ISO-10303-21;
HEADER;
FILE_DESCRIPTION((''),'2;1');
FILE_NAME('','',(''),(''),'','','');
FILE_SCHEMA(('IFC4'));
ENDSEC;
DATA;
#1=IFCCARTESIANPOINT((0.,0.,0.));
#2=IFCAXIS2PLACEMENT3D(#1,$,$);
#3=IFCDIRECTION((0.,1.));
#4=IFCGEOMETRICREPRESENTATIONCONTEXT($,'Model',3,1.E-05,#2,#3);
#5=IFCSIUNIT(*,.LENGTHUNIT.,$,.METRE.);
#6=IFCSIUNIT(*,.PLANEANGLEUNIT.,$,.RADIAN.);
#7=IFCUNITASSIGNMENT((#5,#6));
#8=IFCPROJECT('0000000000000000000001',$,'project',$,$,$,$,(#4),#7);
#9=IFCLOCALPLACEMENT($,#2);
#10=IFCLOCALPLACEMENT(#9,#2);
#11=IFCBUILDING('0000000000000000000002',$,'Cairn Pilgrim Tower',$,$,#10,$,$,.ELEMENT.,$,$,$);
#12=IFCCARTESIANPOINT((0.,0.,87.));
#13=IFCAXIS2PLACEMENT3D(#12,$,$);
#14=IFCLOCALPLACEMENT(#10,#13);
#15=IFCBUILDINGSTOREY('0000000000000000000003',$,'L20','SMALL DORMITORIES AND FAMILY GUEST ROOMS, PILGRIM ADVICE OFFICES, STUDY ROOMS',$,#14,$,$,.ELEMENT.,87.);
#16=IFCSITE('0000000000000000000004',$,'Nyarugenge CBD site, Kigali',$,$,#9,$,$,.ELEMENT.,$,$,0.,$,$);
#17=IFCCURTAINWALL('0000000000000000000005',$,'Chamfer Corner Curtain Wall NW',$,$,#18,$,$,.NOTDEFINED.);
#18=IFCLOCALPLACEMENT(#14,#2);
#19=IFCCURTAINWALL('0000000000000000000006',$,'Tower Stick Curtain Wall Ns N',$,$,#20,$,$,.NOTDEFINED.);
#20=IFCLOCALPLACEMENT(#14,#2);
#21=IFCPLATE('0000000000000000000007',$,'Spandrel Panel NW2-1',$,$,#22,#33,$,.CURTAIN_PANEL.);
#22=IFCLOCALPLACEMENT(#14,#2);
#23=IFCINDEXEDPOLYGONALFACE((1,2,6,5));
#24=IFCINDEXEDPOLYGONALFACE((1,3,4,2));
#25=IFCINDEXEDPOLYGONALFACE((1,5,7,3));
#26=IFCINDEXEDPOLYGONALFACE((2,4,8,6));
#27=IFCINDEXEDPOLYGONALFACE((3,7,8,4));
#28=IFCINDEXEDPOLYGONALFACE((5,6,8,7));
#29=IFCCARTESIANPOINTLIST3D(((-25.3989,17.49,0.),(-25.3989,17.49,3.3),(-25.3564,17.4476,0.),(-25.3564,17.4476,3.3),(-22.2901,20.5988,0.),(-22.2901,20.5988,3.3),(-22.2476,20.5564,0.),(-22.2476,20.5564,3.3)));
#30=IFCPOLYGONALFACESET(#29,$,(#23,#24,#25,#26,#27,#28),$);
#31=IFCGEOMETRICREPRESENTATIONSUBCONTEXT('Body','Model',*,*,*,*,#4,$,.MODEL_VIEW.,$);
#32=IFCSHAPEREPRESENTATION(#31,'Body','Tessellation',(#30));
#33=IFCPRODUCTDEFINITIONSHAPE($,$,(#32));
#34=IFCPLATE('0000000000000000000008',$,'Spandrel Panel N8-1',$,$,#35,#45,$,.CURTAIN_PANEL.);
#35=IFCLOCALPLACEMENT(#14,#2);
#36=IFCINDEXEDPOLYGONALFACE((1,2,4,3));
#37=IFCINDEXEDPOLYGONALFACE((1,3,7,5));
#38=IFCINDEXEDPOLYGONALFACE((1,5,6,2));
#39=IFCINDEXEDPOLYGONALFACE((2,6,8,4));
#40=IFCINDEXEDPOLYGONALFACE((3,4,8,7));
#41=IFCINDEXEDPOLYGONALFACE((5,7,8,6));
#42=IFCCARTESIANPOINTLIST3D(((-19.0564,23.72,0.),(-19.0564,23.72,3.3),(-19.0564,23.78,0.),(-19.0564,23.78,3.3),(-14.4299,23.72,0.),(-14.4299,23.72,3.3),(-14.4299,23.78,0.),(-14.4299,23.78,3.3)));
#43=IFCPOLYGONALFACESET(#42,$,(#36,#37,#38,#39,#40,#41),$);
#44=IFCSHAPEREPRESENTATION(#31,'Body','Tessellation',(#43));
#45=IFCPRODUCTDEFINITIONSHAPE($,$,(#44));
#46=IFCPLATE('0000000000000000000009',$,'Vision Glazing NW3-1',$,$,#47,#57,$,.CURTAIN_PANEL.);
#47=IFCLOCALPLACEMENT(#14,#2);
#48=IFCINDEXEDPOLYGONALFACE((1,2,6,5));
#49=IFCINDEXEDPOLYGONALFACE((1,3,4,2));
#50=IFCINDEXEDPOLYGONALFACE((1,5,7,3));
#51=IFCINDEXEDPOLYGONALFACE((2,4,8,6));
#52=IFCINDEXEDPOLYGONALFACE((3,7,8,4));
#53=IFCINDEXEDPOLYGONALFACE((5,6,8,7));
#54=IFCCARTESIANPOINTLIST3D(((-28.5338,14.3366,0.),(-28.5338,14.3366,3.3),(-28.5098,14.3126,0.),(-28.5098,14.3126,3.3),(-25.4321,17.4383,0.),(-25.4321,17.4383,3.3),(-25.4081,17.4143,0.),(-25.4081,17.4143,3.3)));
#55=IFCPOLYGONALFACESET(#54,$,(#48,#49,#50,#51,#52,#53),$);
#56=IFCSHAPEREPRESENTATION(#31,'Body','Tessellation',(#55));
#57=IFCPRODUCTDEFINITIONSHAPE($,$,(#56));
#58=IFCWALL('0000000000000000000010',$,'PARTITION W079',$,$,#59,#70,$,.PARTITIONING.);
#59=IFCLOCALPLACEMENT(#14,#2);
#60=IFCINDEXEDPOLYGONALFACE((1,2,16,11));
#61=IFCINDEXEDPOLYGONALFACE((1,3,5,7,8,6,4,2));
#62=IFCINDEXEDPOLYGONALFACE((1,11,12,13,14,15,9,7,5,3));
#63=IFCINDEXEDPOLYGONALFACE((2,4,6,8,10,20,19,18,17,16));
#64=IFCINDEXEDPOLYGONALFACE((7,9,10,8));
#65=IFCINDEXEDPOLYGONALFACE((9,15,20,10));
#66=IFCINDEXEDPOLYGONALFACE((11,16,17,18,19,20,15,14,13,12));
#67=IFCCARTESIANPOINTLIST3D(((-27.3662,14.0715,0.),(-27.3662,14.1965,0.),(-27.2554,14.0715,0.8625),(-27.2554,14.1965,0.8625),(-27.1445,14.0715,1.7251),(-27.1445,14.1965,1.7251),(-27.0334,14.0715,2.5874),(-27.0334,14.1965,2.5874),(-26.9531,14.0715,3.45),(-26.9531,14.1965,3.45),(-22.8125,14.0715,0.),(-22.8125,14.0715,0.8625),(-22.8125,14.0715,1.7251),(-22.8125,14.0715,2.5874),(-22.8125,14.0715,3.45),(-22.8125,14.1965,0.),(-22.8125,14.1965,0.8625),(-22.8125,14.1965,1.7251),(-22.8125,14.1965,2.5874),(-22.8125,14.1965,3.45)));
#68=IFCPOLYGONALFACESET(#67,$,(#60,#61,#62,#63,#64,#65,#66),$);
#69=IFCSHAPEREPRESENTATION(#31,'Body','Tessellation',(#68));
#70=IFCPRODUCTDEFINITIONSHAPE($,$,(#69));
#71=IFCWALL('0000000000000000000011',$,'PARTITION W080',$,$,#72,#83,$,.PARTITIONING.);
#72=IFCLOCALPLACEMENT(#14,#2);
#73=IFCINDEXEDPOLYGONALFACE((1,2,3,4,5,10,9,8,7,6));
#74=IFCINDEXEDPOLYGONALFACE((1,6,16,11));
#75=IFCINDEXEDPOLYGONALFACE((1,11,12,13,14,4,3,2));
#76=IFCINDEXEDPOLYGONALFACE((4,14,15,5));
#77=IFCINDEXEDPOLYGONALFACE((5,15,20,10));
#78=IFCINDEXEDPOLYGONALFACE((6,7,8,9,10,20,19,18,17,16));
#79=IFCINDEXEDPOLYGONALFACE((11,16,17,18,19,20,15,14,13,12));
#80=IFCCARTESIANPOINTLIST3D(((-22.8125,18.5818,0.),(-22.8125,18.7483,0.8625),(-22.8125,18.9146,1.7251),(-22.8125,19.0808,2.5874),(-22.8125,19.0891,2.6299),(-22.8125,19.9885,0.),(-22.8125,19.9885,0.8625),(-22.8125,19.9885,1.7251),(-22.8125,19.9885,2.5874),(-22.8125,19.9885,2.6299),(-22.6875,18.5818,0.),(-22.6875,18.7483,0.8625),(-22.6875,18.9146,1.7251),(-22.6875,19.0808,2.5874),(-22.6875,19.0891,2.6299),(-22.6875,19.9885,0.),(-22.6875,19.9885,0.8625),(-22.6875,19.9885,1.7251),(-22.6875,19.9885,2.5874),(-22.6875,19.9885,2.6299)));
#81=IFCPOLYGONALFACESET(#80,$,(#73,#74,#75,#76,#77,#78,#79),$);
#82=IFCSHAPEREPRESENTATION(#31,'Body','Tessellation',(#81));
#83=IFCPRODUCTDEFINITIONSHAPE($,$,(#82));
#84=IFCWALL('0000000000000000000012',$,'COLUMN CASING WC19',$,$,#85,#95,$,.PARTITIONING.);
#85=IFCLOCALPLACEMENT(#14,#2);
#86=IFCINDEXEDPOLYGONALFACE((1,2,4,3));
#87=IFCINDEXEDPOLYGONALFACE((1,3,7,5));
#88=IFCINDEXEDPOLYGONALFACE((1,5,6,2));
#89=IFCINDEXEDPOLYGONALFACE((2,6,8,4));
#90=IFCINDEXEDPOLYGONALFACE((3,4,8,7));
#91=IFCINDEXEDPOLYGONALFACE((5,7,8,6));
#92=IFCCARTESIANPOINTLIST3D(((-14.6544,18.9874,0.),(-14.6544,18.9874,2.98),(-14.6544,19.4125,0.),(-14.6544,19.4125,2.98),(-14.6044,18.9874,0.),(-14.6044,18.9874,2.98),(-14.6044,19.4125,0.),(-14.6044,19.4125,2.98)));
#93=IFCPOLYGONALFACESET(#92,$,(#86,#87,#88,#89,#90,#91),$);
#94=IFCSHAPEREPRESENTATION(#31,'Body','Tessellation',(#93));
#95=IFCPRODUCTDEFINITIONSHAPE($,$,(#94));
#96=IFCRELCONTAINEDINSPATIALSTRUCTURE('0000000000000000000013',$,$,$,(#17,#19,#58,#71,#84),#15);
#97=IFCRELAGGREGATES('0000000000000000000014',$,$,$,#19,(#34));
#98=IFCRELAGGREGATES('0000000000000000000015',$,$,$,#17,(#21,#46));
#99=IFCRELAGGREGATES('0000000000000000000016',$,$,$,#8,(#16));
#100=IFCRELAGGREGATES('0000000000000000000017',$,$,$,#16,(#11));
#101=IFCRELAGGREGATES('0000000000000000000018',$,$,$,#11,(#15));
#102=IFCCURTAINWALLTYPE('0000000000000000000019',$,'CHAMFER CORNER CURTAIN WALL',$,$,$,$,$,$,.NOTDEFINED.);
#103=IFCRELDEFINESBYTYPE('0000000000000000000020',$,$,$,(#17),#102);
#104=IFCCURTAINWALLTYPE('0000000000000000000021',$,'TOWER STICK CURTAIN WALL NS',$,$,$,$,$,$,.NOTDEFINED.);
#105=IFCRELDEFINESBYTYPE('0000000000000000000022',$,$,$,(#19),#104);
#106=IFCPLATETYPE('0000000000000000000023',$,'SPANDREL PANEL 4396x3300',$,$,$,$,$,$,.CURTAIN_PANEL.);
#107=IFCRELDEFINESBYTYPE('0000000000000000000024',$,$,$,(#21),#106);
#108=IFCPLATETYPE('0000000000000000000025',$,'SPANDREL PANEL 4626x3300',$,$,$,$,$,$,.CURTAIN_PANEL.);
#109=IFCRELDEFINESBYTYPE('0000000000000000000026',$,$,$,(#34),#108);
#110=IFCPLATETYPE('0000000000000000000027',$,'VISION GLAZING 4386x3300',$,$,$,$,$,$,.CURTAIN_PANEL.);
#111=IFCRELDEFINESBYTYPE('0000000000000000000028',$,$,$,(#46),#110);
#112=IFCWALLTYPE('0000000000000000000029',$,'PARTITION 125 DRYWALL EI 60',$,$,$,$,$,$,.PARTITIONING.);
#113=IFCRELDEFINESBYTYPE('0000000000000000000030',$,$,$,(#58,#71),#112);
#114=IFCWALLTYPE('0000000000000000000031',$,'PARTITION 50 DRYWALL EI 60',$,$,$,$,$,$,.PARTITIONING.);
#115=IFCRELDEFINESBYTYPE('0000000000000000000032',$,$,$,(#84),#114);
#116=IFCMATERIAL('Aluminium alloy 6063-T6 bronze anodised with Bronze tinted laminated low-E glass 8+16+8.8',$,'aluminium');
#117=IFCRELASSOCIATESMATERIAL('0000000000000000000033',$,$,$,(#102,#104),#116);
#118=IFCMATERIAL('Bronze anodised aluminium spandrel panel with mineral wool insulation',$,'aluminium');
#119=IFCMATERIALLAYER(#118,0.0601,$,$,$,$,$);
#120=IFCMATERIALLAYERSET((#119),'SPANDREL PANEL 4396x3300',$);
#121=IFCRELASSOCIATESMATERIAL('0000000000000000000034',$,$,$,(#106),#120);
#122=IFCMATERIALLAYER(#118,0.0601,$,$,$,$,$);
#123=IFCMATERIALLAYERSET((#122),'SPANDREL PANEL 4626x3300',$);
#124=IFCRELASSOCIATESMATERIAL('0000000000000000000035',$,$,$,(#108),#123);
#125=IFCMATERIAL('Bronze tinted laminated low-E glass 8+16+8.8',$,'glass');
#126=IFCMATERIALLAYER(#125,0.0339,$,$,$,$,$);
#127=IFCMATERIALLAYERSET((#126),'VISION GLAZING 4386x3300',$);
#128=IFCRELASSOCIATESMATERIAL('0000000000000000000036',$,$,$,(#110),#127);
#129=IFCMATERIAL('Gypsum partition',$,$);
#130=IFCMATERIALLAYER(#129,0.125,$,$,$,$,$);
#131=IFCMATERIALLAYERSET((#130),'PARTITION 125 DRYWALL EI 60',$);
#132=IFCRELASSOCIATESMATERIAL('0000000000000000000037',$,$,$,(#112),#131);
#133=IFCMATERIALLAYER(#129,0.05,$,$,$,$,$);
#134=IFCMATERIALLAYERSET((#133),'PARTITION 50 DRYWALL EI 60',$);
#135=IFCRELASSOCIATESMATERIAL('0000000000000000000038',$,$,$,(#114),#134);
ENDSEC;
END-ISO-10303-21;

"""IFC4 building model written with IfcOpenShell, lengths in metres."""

from ifc_helpers import new_model, si_unit, direction, frame, frame_2d, origin, origin_2d, place, context, subcontext, project, spatial, polyline, rectangle, outline, extrude, material, layer, layer_set, type_object, element, aggregate, save


model = new_model("IFC4")

# Units and contexts
model_context = context("Model", 3, precision=1e-05, world=origin(), true_north=direction((0.0, 1.0)))
body_context = subcontext(model_context, "Body", "Model", "MODEL_VIEW")
ifc_project = project(units=[si_unit("LENGTHUNIT", "METRE"), si_unit("PLANEANGLEUNIT", "RADIAN")], contexts=[model_context])

# Site, building, storey
site_placement = place(None, origin())
site = spatial("IfcSite", under=ifc_project, at=site_placement, Name="Nyarugenge CBD site, Kigali", CompositionType="ELEMENT", RefElevation=0.0)
building_placement = place(site_placement, origin())
building = spatial("IfcBuilding", under=site, at=building_placement, Name="Cairn Pilgrim Tower", CompositionType="ELEMENT")
storey_placement = place(building_placement, frame((0.0, 0.0, 87.0)))
storey = spatial("IfcBuildingStorey", under=building, at=storey_placement, Name="L20", Description="SMALL DORMITORIES AND FAMILY GUEST ROOMS, PILGRIM ADVICE OFFICES, STUDY ROOMS", CompositionType="ELEMENT", Elevation=87.0)

# Curtain wall
ifc_material_1 = material(Name="Aluminium alloy 6063-T6 bronze anodised with Bronze tinted laminated low-E glass 8+16+8.8", Category="aluminium")
curtain_wall_type_1 = type_object("IfcCurtainWallType", Name="CHAMFER CORNER CURTAIN WALL", PredefinedType="NOTDEFINED", material=ifc_material_1)
curtain_wall_1_placement = place(storey_placement, origin())
curtain_wall_1 = element("IfcCurtainWall", 1, at=curtain_wall_1_placement, inside=storey, type_object=curtain_wall_type_1, Name="Chamfer Corner Curtain Wall NW", PredefinedType="NOTDEFINED")

# Curtain wall
curtain_wall_type_2 = type_object("IfcCurtainWallType", Name="TOWER STICK CURTAIN WALL NS", PredefinedType="NOTDEFINED", material=ifc_material_1)
curtain_wall_2_placement = place(storey_placement, origin())
curtain_wall_2 = element("IfcCurtainWall", 2, at=curtain_wall_2_placement, inside=storey, type_object=curtain_wall_type_2, Name="Tower Stick Curtain Wall Ns N", PredefinedType="NOTDEFINED")

# Plates
ifc_material_2 = material(Name="Bronze anodised aluminium spandrel panel with mineral wool insulation", Category="aluminium")
ifc_layer_1 = layer(ifc_material_2, 0.0601)
ifc_layer_set_1 = layer_set([ifc_layer_1], Name="SPANDREL PANEL 4396x3300")
plate_type_1 = type_object("IfcPlateType", Name="SPANDREL PANEL 4396x3300", PredefinedType="CURTAIN_PANEL", material=ifc_layer_set_1)
plate_1_placement = place(storey_placement, frame((-23.8232, 19.0232, 0.0), z_axis=(0.0, 0.0, 1.0), x_axis=(-0.707107, -0.707107, 0.0)))
plate_1 = element("IfcPlate", 3, at=plate_1_placement, type_object=plate_type_1, Name="Spandrel Panel NW2-1", PredefinedType="CURTAIN_PANEL", context=body_context, shape_type="SweptSolid", body=[
    extrude(rectangle(XDim=4.3965, YDim=0.0601, at=origin_2d()), origin(), (0.0, 0.0, 1.0), 3.3),
])
ifc_layer_2 = layer(ifc_material_2, 0.0601)
ifc_layer_set_2 = layer_set([ifc_layer_2], Name="SPANDREL PANEL 4626x3300")
plate_type_2 = type_object("IfcPlateType", Name="SPANDREL PANEL 4626x3300", PredefinedType="CURTAIN_PANEL", material=ifc_layer_set_2)
plate_2_placement = place(storey_placement, frame((-16.7432, 23.75, 0.0), z_axis=(0.0, 0.0, 1.0), x_axis=(-1.0, 0.0, 0.0)))
plate_2 = element("IfcPlate", 4, at=plate_2_placement, type_object=plate_type_2, Name="Spandrel Panel N8-1", PredefinedType="CURTAIN_PANEL", context=body_context, shape_type="SweptSolid", body=[
    extrude(rectangle(XDim=4.6265, YDim=0.0601, at=origin_2d()), origin(), (0.0, 0.0, 1.0), 3.3),
])
aggregate(curtain_wall_2, [plate_2])
ifc_material_3 = material(Name="Bronze tinted laminated low-E glass 8+16+8.8", Category="glass")
ifc_layer_3 = layer(ifc_material_3, 0.0339)
ifc_layer_set_3 = layer_set([ifc_layer_3], Name="VISION GLAZING 4386x3300")
plate_type_3 = type_object("IfcPlateType", Name="VISION GLAZING 4386x3300", PredefinedType="CURTAIN_PANEL", material=ifc_layer_set_3)
plate_3_placement = place(storey_placement, frame((-26.9709, 15.8755, 0.0), z_axis=(0.0, 0.0, 1.0), x_axis=(-0.707107, -0.707107, 0.0)))
plate_3 = element("IfcPlate", 5, at=plate_3_placement, type_object=plate_type_3, Name="Vision Glazing NW3-1", PredefinedType="CURTAIN_PANEL", context=body_context, shape_type="SweptSolid", body=[
    extrude(rectangle(XDim=4.3865, YDim=0.0339, at=origin_2d()), origin(), (0.0, 0.0, 1.0), 3.3),
])
aggregate(curtain_wall_1, [plate_1, plate_3])

# Walls
ifc_material_4 = material(Name="Gypsum partition")
ifc_layer_4 = layer(ifc_material_4, 0.125)
ifc_layer_set_4 = layer_set([ifc_layer_4], Name="PARTITION 125 DRYWALL EI 60")
wall_type_1 = type_object("IfcWallType", Name="PARTITION 125 DRYWALL EI 60", PredefinedType="PARTITIONING", material=ifc_layer_set_4)
wall_1_placement = place(storey_placement, frame((-27.3662, 14.134, 0.0), z_axis=(0.0, 0.0, 1.0), x_axis=(1.0, 0.0, 0.0)))
element("IfcWall", 6, at=wall_1_placement, inside=storey, type_object=wall_type_1, Name="PARTITION W079", PredefinedType="PARTITIONING", context=body_context, shape_type="SweptSolid", body=[
    extrude(outline(polyline([(0.0, 0.0), (4.5537, 0.0), (4.5537, 0.8625), (4.5537, 1.7251), (4.5537, 2.5874), (4.5537, 3.45), (0.4131, 3.45), (0.3328, 2.5874), (0.2217, 1.7251), (0.1108, 0.8625), (0.0, 0.0)])), frame((0.0, 0.0625, 0.0), z_axis=(0.0, -1.0, 0.0), x_axis=(1.0, 0.0, 0.0)), (0.0, 0.0, 1.0), 0.125),
])
wall_2_placement = place(storey_placement, frame((-22.75, 18.5818, 0.0), z_axis=(0.0, 0.0, 1.0), x_axis=(0.0, 1.0, 0.0)))
element("IfcWall", 7, at=wall_2_placement, inside=storey, type_object=wall_type_1, Name="PARTITION W080", PredefinedType="PARTITIONING", context=body_context, shape_type="SweptSolid", body=[
    extrude(outline(polyline([(0.0, 0.0), (1.4067, 0.0), (1.4067, 0.8625), (1.4067, 1.7251), (1.4067, 2.5874), (1.4067, 2.6299), (0.5073, 2.6299), (0.499, 2.5874), (0.3328, 1.7251), (0.1665, 0.8625), (0.0, 0.0)])), frame((0.0, 0.0625, 0.0), z_axis=(0.0, -1.0, 0.0), x_axis=(1.0, 0.0, 0.0)), (0.0, 0.0, 1.0), 0.125),
])
ifc_layer_5 = layer(ifc_material_4, 0.05)
ifc_layer_set_5 = layer_set([ifc_layer_5], Name="PARTITION 50 DRYWALL EI 60")
wall_type_2 = type_object("IfcWallType", Name="PARTITION 50 DRYWALL EI 60", PredefinedType="PARTITIONING", material=ifc_layer_set_5)
wall_3_placement = place(storey_placement, frame((-14.6294, 18.9875, 0.0), z_axis=(0.0, 0.0, 1.0), x_axis=(0.0, 1.0, 0.0)))
element("IfcWall", 8, at=wall_3_placement, inside=storey, type_object=wall_type_2, Name="COLUMN CASING WC19", PredefinedType="PARTITIONING", context=body_context, shape_type="SweptSolid", body=[
    extrude(rectangle(XDim=0.425, YDim=0.05, at=frame_2d((0.2124, 0.0))), origin(), (0.0, 0.0, 1.0), 2.98),
])

save(model, "model.ifc")
